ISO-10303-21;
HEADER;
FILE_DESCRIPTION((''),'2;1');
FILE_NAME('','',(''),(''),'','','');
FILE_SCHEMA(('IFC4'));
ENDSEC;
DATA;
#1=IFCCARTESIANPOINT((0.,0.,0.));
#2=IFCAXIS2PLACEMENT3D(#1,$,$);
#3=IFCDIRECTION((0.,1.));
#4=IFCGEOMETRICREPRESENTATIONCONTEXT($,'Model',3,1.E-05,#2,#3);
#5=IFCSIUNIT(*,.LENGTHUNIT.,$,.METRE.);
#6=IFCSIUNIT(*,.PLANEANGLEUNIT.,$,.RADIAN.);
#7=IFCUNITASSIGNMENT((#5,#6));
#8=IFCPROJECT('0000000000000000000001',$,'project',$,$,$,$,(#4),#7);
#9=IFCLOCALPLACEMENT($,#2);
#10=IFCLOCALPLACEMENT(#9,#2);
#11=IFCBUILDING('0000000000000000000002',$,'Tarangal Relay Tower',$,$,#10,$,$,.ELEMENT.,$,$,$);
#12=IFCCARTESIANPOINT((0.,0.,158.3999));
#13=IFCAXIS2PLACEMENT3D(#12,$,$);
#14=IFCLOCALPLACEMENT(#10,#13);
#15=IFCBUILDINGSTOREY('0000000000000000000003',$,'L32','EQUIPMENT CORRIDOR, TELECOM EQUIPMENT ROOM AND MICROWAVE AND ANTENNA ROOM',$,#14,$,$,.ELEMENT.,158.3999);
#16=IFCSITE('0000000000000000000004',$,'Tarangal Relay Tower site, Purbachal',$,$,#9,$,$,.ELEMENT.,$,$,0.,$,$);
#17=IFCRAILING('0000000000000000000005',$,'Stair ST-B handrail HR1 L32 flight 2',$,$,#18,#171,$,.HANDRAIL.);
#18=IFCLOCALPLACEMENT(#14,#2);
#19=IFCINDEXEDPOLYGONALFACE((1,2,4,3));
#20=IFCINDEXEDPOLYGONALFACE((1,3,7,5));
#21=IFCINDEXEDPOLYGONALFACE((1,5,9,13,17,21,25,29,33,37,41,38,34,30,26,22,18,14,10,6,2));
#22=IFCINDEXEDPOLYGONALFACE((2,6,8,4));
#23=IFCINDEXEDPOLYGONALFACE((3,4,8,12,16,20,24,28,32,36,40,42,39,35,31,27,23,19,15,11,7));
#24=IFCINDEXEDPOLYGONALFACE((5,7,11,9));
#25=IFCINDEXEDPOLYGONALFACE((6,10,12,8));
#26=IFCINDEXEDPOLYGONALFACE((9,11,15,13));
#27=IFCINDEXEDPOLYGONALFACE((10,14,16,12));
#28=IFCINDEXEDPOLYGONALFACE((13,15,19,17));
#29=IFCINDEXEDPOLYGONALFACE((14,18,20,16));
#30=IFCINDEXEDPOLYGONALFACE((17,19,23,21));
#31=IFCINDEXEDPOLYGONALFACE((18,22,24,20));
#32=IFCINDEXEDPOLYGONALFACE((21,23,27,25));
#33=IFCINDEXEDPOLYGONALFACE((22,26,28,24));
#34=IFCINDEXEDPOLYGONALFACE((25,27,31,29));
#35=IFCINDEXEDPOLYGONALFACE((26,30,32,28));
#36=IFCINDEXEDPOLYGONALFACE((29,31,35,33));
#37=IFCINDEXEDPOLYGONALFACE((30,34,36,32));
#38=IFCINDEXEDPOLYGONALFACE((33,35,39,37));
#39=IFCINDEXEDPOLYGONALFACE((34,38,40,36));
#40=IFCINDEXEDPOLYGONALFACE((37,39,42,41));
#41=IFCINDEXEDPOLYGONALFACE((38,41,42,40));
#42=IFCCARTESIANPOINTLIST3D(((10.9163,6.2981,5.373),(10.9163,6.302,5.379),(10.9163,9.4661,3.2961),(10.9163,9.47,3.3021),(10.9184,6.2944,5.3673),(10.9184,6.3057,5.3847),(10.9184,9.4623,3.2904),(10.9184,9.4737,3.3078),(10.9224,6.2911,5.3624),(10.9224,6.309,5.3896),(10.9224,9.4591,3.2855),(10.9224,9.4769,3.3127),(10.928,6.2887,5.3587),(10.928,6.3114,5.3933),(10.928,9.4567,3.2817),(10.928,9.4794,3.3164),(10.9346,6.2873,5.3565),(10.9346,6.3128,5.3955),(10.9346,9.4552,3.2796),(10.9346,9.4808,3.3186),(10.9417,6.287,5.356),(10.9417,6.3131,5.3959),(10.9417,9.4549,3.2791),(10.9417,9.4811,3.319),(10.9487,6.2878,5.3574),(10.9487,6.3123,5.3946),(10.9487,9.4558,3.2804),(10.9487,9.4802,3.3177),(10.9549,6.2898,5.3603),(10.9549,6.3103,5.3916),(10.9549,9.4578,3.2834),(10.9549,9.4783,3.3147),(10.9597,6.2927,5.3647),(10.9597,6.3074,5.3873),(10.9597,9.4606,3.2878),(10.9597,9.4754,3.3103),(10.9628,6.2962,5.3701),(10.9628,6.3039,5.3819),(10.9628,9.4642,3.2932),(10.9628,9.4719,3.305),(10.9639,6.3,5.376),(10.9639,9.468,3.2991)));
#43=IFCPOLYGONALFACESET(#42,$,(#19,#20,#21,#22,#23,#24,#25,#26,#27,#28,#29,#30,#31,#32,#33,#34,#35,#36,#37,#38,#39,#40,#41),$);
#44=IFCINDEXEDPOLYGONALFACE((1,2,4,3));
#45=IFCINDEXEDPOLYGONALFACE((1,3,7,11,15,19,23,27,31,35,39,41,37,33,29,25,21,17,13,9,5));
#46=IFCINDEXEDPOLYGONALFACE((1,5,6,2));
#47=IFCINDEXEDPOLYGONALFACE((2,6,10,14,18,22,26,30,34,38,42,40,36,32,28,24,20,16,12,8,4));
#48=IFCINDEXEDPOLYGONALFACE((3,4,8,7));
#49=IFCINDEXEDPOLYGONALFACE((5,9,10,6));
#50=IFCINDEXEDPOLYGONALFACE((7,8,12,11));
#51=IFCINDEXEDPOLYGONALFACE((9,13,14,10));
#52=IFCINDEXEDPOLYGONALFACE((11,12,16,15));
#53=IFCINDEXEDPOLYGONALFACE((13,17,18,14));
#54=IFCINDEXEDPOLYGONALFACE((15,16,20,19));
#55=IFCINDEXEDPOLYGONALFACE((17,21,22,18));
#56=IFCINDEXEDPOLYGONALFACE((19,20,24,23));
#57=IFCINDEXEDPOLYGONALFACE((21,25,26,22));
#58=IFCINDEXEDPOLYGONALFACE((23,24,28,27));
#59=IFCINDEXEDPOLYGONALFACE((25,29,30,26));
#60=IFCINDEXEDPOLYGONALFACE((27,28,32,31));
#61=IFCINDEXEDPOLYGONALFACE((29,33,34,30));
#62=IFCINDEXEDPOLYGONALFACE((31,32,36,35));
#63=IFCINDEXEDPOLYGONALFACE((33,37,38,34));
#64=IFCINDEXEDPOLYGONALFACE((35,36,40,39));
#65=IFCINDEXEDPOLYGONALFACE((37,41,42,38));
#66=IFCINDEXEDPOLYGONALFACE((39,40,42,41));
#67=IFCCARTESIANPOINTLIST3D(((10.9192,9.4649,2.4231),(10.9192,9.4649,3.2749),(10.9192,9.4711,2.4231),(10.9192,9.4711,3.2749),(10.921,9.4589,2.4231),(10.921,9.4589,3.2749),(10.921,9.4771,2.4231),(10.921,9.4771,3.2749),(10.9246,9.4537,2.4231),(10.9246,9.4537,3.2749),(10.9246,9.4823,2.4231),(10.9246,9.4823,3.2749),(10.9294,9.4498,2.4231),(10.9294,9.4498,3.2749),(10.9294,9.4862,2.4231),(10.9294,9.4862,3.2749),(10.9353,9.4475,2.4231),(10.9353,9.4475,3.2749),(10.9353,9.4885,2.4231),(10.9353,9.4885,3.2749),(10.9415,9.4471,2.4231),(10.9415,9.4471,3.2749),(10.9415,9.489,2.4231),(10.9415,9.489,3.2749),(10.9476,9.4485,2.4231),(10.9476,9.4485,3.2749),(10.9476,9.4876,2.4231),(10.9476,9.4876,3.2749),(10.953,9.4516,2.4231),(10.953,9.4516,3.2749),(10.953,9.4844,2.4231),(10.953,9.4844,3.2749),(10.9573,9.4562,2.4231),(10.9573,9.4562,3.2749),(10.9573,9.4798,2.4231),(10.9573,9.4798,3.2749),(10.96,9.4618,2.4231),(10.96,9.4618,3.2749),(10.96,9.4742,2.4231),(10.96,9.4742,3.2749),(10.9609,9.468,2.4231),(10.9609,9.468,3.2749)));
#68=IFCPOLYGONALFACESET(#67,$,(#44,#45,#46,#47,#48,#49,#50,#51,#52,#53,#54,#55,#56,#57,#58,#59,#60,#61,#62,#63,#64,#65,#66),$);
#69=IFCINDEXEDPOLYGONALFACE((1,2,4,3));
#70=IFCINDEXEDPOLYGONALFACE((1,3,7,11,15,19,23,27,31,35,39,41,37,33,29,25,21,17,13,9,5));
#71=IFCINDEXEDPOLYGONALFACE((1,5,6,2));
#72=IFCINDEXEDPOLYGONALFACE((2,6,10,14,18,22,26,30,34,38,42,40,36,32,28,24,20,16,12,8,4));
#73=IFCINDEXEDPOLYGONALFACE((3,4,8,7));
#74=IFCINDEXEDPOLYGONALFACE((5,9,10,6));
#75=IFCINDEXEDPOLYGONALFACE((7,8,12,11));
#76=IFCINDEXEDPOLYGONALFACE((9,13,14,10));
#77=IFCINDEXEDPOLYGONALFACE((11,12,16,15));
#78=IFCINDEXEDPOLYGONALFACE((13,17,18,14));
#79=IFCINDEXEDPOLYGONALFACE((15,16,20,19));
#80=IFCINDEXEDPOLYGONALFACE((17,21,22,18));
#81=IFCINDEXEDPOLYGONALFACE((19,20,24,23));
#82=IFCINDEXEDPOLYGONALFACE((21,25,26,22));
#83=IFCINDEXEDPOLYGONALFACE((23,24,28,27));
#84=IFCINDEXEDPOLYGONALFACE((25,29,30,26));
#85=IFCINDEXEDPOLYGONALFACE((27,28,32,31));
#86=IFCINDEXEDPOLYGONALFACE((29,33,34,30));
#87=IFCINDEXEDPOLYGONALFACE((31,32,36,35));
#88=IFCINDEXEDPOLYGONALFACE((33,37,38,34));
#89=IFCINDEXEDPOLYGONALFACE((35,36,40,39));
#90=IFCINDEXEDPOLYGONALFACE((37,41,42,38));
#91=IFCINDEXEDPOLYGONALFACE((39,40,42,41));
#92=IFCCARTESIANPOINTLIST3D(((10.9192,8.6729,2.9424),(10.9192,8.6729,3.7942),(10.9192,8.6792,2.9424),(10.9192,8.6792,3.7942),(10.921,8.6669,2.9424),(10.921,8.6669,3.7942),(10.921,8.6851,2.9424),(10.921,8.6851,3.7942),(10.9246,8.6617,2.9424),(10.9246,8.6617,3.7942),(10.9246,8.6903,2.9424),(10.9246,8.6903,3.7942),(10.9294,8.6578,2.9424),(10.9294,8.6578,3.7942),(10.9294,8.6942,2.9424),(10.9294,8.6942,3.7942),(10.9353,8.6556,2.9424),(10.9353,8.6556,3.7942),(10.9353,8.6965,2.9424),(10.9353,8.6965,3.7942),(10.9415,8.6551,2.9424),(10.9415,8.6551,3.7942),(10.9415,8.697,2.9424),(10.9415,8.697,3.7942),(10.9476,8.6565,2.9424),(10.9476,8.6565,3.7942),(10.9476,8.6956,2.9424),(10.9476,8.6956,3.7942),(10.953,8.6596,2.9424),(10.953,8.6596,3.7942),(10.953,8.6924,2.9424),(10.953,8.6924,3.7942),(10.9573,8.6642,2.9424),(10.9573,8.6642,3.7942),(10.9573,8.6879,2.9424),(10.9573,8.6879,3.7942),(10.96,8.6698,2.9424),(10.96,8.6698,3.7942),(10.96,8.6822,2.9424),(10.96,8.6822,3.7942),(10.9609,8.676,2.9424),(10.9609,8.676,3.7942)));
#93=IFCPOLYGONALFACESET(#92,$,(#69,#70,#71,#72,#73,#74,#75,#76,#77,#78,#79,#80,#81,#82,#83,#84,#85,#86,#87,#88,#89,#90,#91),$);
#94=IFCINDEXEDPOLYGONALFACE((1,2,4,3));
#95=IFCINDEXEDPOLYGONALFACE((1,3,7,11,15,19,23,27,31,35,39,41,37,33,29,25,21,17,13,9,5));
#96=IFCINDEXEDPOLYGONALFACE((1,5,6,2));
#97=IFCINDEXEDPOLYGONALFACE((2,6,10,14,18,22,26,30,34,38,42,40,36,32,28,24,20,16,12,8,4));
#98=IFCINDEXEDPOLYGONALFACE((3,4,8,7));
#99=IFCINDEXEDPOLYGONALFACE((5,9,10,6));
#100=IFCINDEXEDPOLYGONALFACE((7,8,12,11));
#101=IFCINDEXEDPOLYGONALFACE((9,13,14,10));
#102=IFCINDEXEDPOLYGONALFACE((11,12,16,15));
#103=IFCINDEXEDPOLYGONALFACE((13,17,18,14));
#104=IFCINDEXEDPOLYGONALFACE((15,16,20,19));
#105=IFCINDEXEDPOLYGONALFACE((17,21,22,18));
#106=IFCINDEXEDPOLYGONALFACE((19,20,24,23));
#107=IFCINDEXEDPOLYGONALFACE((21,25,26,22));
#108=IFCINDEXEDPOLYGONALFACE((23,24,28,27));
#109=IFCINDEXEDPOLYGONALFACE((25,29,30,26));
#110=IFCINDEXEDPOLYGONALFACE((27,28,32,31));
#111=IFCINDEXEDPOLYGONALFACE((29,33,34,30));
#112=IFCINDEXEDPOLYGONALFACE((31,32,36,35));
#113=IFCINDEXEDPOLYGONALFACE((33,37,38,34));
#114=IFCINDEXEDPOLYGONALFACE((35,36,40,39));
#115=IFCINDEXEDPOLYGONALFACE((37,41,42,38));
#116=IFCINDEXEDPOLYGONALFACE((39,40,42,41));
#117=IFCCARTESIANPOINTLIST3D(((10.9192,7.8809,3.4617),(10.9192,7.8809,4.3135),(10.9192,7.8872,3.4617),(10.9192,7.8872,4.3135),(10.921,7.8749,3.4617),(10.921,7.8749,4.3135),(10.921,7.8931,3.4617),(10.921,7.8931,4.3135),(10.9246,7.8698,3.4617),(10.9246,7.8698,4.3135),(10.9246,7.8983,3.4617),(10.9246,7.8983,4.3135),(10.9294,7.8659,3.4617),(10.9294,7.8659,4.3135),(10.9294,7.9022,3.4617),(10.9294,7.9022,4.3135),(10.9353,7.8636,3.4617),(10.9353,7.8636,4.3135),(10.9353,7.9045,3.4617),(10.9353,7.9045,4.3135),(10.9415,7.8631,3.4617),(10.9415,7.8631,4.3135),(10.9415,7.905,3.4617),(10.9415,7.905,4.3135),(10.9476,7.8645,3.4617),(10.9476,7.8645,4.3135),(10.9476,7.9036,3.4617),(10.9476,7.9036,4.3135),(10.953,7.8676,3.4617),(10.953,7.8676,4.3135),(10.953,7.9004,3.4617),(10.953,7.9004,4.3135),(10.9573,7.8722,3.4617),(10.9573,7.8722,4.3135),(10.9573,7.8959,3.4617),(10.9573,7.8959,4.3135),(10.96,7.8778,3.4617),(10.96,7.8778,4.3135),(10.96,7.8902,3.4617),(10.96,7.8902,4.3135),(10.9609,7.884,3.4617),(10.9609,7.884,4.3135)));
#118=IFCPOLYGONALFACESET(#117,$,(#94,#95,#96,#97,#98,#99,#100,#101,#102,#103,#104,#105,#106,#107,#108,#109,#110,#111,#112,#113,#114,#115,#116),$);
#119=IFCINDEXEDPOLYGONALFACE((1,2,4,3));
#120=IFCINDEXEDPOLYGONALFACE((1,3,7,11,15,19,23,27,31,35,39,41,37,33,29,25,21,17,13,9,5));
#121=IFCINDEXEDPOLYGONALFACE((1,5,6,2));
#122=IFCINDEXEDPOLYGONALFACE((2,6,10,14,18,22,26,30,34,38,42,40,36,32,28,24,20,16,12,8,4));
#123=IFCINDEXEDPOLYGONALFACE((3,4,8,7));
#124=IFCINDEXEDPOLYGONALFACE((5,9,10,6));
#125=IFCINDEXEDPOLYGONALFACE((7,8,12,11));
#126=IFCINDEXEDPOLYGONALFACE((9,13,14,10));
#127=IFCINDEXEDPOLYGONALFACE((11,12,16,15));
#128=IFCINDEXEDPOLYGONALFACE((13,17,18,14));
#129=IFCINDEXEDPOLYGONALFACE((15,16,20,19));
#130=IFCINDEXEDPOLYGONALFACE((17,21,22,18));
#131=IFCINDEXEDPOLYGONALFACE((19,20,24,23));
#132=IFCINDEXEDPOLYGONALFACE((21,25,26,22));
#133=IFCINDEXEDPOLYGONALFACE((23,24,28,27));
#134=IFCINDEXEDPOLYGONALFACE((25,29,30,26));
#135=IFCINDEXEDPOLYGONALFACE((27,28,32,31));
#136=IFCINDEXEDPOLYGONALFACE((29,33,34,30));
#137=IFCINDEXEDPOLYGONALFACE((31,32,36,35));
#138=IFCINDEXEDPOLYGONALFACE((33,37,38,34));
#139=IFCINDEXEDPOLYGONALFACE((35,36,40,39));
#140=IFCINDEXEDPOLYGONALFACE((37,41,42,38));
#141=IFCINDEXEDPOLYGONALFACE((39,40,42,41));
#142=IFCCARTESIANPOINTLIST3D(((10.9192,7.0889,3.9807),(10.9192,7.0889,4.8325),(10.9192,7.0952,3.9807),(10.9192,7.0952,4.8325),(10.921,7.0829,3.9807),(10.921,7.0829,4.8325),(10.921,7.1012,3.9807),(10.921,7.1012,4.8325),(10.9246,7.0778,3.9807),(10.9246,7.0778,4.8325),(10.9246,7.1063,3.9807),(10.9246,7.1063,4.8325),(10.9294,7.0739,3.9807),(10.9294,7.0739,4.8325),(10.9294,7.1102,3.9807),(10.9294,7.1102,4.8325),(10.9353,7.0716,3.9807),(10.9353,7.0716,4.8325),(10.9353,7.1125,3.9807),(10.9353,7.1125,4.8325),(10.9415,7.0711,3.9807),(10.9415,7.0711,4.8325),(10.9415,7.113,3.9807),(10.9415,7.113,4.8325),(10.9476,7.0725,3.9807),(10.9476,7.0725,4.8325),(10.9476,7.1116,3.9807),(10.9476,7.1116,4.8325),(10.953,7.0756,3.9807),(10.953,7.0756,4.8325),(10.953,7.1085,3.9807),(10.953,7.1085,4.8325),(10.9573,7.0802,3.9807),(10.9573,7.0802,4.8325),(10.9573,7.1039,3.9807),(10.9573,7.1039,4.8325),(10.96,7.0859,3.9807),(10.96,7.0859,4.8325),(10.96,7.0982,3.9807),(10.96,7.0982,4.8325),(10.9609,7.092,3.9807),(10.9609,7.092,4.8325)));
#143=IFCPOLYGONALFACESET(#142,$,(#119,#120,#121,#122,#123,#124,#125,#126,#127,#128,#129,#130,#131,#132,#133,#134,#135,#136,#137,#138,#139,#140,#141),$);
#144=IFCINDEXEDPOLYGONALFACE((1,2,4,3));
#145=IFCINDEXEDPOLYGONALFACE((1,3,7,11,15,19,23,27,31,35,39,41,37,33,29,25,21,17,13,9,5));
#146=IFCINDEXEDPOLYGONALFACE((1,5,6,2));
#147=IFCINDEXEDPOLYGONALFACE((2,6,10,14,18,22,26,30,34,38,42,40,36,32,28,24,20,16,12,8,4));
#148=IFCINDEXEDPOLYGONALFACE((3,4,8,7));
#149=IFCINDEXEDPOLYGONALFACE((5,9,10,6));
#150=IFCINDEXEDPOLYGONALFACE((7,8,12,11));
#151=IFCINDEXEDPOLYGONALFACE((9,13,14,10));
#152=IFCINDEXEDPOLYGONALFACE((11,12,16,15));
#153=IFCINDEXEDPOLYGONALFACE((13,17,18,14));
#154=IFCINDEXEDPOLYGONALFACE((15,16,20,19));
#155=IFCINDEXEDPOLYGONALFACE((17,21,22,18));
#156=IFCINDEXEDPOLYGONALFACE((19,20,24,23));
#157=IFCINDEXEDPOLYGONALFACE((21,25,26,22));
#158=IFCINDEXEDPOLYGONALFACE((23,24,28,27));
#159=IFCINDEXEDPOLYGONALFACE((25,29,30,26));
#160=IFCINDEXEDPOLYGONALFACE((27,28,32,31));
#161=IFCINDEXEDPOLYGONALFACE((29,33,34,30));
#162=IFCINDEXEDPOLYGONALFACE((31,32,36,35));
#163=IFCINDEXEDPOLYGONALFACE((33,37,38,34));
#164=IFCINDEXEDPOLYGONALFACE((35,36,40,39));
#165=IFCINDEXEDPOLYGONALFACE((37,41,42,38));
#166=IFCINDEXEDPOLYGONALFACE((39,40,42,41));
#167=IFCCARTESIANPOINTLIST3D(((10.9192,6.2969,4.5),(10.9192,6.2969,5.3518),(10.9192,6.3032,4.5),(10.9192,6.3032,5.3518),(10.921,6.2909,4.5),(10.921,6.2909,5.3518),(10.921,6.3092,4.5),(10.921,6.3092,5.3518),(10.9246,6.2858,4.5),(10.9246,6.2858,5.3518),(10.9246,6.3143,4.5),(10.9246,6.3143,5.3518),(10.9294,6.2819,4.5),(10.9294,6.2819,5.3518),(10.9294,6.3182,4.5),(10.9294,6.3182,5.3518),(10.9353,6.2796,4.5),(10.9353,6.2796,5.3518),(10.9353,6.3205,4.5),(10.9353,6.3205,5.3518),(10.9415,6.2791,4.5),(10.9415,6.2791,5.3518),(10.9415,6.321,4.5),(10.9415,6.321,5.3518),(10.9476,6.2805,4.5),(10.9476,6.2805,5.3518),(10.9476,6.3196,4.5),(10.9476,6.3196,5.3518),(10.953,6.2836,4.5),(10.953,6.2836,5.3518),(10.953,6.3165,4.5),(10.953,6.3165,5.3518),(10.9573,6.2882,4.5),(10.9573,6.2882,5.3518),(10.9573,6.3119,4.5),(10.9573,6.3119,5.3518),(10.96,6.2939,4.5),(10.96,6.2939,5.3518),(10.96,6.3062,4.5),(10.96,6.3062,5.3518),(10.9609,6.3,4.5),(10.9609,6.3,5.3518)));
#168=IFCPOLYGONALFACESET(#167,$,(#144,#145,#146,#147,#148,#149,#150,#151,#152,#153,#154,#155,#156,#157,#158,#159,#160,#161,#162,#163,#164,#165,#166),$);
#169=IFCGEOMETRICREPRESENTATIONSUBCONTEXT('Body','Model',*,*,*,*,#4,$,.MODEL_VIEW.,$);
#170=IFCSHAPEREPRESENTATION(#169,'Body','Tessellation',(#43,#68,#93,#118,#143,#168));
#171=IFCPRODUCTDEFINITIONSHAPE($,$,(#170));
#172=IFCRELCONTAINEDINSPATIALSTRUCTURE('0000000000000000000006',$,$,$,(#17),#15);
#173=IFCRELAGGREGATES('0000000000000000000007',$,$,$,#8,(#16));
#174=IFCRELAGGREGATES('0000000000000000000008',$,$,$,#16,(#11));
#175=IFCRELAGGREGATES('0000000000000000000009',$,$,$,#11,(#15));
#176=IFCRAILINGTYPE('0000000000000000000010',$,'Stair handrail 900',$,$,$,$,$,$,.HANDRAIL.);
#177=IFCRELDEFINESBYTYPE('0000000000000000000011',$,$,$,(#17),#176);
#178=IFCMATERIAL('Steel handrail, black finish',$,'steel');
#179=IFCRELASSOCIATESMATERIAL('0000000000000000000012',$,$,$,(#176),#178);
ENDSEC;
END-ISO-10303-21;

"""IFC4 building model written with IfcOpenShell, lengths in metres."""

from ifc_helpers import new_model, si_unit, direction, frame, origin, origin_2d, place, context, subcontext, project, spatial, circle, extrude, material, type_object, element, save


model = new_model("IFC4")

# Units and contexts
model_context = context("Model", 3, precision=1e-05, world=origin(), true_north=direction((0.0, 1.0)))
body_context = subcontext(model_context, "Body", "Model", "MODEL_VIEW")
ifc_project = project(units=[si_unit("LENGTHUNIT", "METRE"), si_unit("PLANEANGLEUNIT", "RADIAN")], contexts=[model_context])

# Site, building, storey
site_placement = place(None, origin())
site = spatial("IfcSite", under=ifc_project, at=site_placement, Name="Tarangal Relay Tower site, Purbachal", CompositionType="ELEMENT", RefElevation=0.0)
building_placement = place(site_placement, origin())
building = spatial("IfcBuilding", under=site, at=building_placement, Name="Tarangal Relay Tower", CompositionType="ELEMENT")
storey_placement = place(building_placement, frame((0.0, 0.0, 158.3999)))
storey = spatial("IfcBuildingStorey", under=building, at=storey_placement, Name="L32", Description="EQUIPMENT CORRIDOR, TELECOM EQUIPMENT ROOM AND MICROWAVE AND ANTENNA ROOM", CompositionType="ELEMENT", Elevation=158.3999)

# Railing
ifc_material_1 = material(Name="Steel handrail, black finish", Category="steel")
railing_type = type_object("IfcRailingType", Name="Stair handrail 900", PredefinedType="HANDRAIL", material=ifc_material_1)
railing_placement = place(storey_placement, frame((10.9399, 9.468, 2.4231)))
element("IfcRailing", 1, at=railing_placement, inside=storey, type_object=railing_type, Name="Stair ST-B handrail HR1 L32 flight 2", PredefinedType="HANDRAIL", context=body_context, shape_type="SweptSolid", body=[
    extrude(circle(Radius=0.0239, at=origin_2d()), frame((0.0, 0.0, 0.876), z_axis=(0.0, -0.836299, 0.548273), x_axis=(1.0, 0.0, 0.0)), (0.0, 0.0, 1.0), 3.7881),
    extrude(circle(Radius=0.021, at=origin_2d()), origin(), (0.0, 0.0, 1.0), 0.8518),
    extrude(circle(Radius=0.021, at=origin_2d()), frame((0.0, -0.792, 0.5193)), (0.0, 0.0, 1.0), 0.8518),
    extrude(circle(Radius=0.021, at=origin_2d()), frame((0.0, -1.584, 1.0386)), (0.0, 0.0, 1.0), 0.8518),
    extrude(circle(Radius=0.021, at=origin_2d()), frame((0.0, -2.376, 1.5576)), (0.0, 0.0, 1.0), 0.8518),
    extrude(circle(Radius=0.021, at=origin_2d()), frame((0.0, -3.168, 2.0769)), (0.0, 0.0, 1.0), 0.8518),
])

save(model, "model.ifc")
